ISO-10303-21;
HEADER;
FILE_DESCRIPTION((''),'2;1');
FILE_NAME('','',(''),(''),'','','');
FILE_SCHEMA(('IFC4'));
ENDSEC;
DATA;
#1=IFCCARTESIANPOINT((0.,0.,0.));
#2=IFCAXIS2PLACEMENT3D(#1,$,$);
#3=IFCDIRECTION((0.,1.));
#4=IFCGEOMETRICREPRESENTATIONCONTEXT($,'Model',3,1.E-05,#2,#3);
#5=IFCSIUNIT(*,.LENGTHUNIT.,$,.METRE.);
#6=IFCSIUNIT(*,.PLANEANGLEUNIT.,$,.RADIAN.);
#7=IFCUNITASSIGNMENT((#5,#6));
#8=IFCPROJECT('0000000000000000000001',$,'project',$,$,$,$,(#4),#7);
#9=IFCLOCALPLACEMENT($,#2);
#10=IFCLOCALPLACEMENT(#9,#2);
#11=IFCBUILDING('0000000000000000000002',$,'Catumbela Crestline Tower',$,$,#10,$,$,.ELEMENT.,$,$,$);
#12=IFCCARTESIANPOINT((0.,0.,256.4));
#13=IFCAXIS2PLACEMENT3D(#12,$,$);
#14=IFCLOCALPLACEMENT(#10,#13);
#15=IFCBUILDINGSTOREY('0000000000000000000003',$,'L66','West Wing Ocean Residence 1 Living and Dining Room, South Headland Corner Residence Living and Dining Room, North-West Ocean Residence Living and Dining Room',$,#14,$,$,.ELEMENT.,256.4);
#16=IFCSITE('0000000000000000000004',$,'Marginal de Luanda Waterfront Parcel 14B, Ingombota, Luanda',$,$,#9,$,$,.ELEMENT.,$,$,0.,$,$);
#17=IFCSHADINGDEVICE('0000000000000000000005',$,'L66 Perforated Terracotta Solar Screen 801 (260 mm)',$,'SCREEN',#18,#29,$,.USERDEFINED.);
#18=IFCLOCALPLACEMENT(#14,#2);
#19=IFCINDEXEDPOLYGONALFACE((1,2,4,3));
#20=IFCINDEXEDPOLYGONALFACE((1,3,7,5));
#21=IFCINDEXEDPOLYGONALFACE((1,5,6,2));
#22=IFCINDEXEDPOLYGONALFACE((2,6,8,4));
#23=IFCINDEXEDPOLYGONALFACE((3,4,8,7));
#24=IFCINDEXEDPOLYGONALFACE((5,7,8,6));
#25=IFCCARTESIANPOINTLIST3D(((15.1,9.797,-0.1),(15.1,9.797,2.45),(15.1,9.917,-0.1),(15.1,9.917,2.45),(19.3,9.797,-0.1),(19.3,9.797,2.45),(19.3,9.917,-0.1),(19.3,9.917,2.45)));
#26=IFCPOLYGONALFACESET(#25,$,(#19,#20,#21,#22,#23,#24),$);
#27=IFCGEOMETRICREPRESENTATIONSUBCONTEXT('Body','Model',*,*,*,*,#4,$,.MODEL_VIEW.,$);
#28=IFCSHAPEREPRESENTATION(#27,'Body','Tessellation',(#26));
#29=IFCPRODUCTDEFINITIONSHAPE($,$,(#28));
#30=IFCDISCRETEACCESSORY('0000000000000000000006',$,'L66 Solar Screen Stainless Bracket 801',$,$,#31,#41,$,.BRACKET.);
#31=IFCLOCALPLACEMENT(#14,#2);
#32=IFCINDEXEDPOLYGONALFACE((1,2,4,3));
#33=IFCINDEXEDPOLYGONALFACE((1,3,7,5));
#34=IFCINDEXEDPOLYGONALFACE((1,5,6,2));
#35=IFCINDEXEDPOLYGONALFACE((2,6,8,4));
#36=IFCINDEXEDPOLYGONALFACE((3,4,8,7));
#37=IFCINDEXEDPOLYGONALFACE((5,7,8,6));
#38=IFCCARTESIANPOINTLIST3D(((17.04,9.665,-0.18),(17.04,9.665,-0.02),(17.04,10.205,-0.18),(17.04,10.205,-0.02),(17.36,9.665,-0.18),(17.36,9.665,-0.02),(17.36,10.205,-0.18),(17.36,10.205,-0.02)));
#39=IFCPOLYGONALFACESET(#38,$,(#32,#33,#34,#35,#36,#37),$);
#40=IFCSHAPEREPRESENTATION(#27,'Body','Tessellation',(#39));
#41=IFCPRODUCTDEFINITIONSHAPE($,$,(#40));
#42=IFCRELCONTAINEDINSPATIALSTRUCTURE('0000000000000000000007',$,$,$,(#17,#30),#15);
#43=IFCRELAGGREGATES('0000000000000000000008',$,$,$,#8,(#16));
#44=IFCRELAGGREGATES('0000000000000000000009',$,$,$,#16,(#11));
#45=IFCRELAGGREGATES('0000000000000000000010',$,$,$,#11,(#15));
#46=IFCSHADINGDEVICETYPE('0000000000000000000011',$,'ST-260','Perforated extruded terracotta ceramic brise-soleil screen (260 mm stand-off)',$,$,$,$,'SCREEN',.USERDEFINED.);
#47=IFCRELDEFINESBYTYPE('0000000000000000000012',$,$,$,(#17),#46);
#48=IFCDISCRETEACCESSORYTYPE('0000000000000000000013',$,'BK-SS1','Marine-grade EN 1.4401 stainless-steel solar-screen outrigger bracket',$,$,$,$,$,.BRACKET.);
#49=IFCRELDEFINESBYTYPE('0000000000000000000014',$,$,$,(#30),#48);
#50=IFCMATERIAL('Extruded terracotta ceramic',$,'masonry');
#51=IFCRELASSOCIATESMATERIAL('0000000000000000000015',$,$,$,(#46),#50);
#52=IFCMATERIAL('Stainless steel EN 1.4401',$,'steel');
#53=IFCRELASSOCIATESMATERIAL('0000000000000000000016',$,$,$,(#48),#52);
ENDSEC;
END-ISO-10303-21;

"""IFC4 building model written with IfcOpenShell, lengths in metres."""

from ifc_helpers import new_model, si_unit, direction, frame, origin, origin_2d, place, context, subcontext, project, spatial, rectangle, extrude, material, type_object, element, save


model = new_model("IFC4")

# Units and contexts
model_context = context("Model", 3, precision=1e-05, world=origin(), true_north=direction((0.0, 1.0)))
body_context = subcontext(model_context, "Body", "Model", "MODEL_VIEW")
ifc_project = project(units=[si_unit("LENGTHUNIT", "METRE"), si_unit("PLANEANGLEUNIT", "RADIAN")], contexts=[model_context])

# Site, building, storey
site_placement = place(None, origin())
site = spatial("IfcSite", under=ifc_project, at=site_placement, Name="Marginal de Luanda Waterfront Parcel 14B, Ingombota, Luanda", CompositionType="ELEMENT", RefElevation=0.0)
building_placement = place(site_placement, origin())
building = spatial("IfcBuilding", under=site, at=building_placement, Name="Catumbela Crestline Tower", CompositionType="ELEMENT")
storey_placement = place(building_placement, frame((0.0, 0.0, 256.4)))
storey = spatial("IfcBuildingStorey", under=building, at=storey_placement, Name="L66", Description="West Wing Ocean Residence 1 Living and Dining Room, South Headland Corner Residence Living and Dining Room, North-West Ocean Residence Living and Dining Room", CompositionType="ELEMENT", Elevation=256.4)

# Shared definitions
ifc_material_1 = material(Name="Stainless steel EN 1.4401", Category="steel")

# Shading device
ifc_material_2 = material(Name="Extruded terracotta ceramic", Category="masonry")
shading_device_type = type_object("IfcShadingDeviceType", Name="ST-260", Description="Perforated extruded terracotta ceramic brise-soleil screen (260 mm stand-off)", ElementType="SCREEN", PredefinedType="USERDEFINED", material=ifc_material_2)
shading_device_placement = place(storey_placement, frame((17.2, 9.857, -0.1), z_axis=(0.0, 0.0, 1.0), x_axis=(1.0, 0.0, 0.0)))
element("IfcShadingDevice", 1, at=shading_device_placement, inside=storey, type_object=shading_device_type, Name="L66 Perforated Terracotta Solar Screen 801 (260 mm)", ObjectType="SCREEN", PredefinedType="USERDEFINED", context=body_context, shape_type="SweptSolid", body=[
    extrude(rectangle(XDim=4.2, YDim=0.12, at=origin_2d()), origin(), (0.0, 0.0, 1.0), 2.55),
])

# Discrete accessory
discrete_accessory_type = type_object("IfcDiscreteAccessoryType", Name="BK-SS1", Description="Marine-grade EN 1.4401 stainless-steel solar-screen outrigger bracket", PredefinedType="BRACKET", material=ifc_material_1)
discrete_accessory_placement = place(storey_placement, frame((17.2, 9.935, -0.18), z_axis=(0.0, 0.0, 1.0), x_axis=(1.0, 0.0, 0.0)))
element("IfcDiscreteAccessory", 2, at=discrete_accessory_placement, inside=storey, type_object=discrete_accessory_type, Name="L66 Solar Screen Stainless Bracket 801", PredefinedType="BRACKET", context=body_context, shape_type="SweptSolid", body=[
    extrude(rectangle(XDim=0.32, YDim=0.54, at=origin_2d()), origin(), (0.0, 0.0, 1.0), 0.16),
])

save(model, "model.ifc")
